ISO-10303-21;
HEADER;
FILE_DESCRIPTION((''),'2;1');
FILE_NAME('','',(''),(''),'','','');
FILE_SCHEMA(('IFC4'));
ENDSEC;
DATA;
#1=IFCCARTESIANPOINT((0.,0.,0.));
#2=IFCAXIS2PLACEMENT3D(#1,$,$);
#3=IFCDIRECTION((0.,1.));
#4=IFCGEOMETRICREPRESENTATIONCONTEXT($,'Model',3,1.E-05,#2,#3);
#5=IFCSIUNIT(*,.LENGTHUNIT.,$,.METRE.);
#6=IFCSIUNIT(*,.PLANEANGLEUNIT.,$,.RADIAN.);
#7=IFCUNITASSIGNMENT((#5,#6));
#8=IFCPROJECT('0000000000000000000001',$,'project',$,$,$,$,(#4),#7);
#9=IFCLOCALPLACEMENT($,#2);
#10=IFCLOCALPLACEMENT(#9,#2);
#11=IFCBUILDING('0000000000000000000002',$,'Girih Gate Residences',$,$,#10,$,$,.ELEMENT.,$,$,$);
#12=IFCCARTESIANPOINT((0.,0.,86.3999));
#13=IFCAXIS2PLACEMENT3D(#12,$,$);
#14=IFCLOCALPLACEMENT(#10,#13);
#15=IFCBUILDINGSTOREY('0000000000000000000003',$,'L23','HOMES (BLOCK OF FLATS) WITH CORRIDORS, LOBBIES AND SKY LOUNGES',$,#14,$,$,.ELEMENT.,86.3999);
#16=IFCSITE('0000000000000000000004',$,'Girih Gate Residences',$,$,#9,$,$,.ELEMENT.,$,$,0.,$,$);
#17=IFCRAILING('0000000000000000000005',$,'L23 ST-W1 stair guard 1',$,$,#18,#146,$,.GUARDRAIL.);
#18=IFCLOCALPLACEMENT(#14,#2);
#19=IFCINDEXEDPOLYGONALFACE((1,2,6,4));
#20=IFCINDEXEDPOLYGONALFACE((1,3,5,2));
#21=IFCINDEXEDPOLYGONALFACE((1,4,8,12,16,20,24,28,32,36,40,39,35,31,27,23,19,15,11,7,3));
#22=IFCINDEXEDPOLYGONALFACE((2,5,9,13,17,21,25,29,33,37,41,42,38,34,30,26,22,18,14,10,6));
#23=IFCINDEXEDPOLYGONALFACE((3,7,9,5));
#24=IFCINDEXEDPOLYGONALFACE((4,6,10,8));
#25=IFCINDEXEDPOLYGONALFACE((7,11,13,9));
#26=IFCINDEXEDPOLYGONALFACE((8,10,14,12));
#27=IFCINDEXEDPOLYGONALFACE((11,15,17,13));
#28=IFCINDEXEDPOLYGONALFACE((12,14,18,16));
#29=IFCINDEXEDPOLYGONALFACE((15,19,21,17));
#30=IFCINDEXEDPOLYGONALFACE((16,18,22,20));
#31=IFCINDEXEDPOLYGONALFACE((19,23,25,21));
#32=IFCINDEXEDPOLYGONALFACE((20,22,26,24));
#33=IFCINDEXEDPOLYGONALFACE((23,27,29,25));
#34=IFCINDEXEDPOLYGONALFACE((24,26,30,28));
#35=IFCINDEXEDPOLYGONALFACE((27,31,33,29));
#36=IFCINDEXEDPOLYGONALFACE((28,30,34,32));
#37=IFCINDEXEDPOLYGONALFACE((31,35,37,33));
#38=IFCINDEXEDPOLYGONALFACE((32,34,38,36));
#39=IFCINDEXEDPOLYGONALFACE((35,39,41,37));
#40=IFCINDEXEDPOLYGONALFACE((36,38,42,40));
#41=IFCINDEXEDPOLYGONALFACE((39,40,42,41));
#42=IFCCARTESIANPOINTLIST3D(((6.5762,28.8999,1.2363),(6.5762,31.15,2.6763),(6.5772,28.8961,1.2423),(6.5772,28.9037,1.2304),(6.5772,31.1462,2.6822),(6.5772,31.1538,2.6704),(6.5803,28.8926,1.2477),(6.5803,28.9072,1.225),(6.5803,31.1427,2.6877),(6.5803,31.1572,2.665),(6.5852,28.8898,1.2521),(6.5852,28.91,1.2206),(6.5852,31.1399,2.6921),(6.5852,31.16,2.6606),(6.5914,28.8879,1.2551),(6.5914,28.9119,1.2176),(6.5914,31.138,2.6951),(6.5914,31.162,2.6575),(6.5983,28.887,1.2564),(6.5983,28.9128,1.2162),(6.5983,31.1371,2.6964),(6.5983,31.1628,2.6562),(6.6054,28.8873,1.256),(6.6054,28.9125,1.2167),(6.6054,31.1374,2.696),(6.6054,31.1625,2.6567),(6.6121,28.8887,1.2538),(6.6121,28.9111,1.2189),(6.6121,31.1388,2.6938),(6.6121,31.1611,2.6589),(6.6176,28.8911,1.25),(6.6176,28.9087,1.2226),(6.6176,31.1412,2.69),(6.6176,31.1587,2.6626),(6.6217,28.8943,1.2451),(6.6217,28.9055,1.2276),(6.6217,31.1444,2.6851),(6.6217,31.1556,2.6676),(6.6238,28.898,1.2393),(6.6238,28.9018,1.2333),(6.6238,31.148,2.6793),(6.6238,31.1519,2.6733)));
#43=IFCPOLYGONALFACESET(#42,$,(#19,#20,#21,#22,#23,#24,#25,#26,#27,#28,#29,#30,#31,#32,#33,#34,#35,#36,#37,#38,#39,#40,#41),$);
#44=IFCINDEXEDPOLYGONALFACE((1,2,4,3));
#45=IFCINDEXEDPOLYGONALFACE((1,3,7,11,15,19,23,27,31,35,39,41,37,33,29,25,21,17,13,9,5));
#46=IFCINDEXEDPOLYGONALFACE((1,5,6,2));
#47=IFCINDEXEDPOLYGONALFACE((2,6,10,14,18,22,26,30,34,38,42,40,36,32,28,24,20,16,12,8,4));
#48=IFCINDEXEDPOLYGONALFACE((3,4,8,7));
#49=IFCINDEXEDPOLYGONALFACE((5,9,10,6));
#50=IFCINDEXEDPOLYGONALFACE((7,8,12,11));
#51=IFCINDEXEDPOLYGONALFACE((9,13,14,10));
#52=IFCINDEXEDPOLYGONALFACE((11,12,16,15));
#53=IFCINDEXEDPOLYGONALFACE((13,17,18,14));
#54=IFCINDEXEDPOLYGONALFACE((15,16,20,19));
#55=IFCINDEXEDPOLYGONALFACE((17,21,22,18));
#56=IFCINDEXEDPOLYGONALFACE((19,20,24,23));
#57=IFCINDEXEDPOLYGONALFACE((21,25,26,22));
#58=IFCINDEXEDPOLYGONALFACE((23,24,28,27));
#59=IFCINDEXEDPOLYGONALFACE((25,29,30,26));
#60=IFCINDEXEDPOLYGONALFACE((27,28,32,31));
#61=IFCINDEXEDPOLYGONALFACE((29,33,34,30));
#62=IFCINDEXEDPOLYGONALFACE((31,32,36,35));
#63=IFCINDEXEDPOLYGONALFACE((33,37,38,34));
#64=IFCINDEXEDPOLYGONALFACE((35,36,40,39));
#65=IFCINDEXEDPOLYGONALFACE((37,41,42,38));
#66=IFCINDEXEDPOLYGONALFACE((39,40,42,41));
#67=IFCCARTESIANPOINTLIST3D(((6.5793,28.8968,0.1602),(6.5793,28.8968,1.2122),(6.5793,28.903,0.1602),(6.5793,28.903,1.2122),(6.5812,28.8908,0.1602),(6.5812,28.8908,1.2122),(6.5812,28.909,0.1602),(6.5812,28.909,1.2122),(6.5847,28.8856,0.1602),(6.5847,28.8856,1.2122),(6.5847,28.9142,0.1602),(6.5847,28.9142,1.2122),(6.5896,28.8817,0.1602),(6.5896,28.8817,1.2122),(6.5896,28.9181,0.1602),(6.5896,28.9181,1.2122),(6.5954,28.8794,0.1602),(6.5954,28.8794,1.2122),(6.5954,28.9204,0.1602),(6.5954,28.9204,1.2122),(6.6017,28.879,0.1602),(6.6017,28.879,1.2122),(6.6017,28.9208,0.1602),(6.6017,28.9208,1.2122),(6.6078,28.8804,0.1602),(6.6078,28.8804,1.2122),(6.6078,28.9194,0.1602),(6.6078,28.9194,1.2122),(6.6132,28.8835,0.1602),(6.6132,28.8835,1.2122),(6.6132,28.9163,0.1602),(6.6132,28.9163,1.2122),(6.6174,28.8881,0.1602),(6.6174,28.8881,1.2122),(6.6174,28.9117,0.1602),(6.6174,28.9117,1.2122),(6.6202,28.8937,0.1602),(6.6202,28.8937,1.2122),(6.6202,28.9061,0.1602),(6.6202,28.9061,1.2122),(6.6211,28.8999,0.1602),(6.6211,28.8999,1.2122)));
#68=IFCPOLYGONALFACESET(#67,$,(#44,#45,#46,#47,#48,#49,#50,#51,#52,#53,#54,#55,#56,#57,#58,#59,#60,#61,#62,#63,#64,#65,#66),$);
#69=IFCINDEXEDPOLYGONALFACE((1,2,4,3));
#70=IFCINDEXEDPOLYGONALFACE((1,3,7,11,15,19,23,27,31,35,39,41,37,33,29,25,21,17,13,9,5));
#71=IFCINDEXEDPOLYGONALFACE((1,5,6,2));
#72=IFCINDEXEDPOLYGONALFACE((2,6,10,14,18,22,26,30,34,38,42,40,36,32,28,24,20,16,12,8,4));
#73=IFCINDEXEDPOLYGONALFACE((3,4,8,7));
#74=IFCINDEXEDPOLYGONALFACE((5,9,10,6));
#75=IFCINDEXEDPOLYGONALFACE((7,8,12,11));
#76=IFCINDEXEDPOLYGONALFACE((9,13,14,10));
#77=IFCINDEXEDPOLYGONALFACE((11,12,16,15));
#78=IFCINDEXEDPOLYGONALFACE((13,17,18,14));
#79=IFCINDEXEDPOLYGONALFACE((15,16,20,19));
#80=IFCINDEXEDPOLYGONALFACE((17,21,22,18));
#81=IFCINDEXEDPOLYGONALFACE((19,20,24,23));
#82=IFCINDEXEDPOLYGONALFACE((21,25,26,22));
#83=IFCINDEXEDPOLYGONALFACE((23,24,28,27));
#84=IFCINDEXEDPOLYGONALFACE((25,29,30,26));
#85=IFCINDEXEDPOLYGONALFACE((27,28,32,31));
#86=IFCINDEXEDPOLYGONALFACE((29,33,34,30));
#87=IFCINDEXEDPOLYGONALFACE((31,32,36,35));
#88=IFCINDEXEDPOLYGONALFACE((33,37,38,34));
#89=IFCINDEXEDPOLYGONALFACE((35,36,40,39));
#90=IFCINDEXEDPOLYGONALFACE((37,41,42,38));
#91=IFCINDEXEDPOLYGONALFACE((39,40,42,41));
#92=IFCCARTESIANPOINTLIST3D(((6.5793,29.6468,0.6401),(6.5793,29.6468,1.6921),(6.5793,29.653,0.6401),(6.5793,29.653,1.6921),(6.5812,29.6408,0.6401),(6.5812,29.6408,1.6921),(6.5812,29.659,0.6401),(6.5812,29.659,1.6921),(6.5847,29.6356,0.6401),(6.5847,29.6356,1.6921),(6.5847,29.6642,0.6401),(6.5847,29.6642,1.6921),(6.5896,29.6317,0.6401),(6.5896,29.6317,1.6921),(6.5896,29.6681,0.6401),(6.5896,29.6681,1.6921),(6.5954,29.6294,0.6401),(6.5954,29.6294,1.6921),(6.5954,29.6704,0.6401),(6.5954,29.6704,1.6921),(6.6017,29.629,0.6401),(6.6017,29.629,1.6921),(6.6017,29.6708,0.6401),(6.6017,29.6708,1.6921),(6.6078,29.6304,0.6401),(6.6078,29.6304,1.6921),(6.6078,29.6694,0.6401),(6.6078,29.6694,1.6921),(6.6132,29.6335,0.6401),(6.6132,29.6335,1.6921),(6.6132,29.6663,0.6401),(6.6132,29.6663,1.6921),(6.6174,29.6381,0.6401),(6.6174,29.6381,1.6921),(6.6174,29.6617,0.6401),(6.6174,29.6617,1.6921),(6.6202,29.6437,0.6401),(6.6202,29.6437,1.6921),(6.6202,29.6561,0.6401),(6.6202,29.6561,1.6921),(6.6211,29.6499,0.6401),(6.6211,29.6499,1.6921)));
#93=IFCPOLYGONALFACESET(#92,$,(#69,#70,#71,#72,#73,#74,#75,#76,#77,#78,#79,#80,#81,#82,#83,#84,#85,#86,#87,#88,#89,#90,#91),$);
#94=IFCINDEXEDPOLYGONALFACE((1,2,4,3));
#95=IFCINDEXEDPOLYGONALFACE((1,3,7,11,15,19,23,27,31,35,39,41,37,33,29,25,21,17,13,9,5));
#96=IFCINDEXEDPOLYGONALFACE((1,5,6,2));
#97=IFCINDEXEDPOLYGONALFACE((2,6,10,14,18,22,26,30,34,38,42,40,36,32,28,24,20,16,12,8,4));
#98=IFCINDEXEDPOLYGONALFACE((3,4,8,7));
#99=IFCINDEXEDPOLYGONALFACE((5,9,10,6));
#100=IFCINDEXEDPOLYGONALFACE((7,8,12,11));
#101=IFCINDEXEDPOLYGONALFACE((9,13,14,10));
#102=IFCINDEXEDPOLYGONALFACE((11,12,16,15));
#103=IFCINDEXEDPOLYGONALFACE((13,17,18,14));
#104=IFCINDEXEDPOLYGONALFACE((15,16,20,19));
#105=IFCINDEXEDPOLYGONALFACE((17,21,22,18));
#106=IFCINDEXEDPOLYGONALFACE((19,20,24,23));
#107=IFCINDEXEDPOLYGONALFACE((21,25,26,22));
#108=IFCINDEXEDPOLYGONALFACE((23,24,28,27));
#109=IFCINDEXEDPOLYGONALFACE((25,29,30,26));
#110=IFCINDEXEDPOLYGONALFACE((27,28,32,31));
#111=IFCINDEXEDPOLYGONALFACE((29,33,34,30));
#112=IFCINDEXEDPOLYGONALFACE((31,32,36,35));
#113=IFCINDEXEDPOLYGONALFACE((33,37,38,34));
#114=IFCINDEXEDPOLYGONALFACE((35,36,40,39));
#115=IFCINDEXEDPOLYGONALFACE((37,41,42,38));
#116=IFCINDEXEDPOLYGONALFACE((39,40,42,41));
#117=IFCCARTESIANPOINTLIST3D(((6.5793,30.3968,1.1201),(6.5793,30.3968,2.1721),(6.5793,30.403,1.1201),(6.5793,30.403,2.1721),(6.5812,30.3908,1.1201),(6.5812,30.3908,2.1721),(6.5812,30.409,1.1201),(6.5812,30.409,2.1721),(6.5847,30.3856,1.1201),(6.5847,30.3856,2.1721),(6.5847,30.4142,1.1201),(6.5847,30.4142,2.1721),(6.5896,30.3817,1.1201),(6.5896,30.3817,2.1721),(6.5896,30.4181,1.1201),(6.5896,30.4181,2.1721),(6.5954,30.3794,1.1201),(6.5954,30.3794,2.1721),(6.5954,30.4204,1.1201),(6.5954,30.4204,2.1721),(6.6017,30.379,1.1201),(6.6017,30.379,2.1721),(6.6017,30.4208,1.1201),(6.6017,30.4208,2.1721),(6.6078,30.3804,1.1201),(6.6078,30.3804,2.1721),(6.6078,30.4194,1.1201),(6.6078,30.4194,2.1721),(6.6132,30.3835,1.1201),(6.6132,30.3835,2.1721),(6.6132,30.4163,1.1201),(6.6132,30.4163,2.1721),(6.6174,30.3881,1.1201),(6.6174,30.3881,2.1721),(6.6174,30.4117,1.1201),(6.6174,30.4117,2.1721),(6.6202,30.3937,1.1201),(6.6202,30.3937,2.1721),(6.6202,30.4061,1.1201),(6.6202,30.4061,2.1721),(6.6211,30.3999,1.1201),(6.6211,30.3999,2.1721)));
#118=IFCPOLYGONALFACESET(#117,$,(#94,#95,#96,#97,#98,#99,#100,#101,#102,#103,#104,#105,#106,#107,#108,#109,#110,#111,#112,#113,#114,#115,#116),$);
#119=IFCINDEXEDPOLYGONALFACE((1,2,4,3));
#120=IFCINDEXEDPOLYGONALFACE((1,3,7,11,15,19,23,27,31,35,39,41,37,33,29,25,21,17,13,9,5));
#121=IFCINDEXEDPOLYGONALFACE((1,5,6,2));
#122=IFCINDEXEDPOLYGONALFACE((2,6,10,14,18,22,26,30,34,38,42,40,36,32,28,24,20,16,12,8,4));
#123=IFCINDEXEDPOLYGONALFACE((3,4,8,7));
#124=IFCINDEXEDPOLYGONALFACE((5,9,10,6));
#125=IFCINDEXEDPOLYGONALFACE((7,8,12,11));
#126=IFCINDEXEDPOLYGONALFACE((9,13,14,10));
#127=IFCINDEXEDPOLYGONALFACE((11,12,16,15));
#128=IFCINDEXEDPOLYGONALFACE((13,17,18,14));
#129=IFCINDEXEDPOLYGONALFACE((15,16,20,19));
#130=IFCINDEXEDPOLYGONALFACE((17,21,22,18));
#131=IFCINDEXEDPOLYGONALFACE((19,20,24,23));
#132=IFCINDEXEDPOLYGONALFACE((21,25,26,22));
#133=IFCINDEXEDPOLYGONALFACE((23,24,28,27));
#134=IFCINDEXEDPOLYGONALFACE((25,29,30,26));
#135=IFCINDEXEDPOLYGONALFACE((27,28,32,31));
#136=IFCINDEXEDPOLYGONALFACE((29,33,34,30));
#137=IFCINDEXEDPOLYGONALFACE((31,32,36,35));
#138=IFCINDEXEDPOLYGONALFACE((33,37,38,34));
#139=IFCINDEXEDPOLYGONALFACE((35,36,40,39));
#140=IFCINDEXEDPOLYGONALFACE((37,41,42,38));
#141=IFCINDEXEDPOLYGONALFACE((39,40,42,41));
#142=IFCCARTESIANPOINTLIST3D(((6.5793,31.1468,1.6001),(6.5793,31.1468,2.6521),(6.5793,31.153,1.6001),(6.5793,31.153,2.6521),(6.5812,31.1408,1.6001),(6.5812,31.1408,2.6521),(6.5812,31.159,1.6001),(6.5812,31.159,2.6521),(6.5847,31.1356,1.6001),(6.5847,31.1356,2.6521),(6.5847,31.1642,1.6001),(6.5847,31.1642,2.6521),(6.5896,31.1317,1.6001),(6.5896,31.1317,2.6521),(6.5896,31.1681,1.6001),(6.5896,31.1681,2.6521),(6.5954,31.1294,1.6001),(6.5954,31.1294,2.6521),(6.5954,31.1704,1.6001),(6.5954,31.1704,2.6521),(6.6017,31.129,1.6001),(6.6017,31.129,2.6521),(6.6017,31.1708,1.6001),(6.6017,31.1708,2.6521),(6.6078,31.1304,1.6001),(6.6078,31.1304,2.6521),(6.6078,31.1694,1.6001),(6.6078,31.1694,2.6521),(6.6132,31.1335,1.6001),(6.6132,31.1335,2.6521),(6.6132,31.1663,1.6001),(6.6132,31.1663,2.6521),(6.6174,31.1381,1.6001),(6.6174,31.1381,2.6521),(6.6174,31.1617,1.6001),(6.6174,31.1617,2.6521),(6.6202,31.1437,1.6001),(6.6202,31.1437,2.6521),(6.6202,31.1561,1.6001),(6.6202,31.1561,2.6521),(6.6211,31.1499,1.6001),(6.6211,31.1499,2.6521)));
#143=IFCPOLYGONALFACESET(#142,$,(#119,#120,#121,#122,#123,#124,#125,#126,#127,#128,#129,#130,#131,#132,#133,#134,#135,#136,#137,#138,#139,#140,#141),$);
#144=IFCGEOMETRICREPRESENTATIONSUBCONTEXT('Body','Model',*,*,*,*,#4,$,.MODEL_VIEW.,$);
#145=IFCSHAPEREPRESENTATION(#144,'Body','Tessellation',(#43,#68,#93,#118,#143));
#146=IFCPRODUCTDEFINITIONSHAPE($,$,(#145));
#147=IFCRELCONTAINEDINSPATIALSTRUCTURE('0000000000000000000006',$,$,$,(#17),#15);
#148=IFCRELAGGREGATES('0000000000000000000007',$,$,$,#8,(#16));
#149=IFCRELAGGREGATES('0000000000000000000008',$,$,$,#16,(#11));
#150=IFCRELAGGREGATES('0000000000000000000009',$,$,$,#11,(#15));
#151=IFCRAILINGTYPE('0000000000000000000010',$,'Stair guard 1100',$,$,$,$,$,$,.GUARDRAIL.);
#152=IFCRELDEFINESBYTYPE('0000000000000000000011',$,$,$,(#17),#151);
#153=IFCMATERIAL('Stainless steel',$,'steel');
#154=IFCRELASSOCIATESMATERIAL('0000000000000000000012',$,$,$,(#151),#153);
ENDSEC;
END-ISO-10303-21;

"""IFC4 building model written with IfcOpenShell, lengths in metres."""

from ifc_helpers import new_model, si_unit, direction, frame, origin, origin_2d, place, context, subcontext, project, spatial, circle, extrude, material, type_object, element, save


model = new_model("IFC4")

# Units and contexts
model_context = context("Model", 3, precision=1e-05, world=origin(), true_north=direction((0.0, 1.0)))
body_context = subcontext(model_context, "Body", "Model", "MODEL_VIEW")
ifc_project = project(units=[si_unit("LENGTHUNIT", "METRE"), si_unit("PLANEANGLEUNIT", "RADIAN")], contexts=[model_context])

# Site, building, storey
site_placement = place(None, origin())
site = spatial("IfcSite", under=ifc_project, at=site_placement, Name="Girih Gate Residences", CompositionType="ELEMENT", RefElevation=0.0)
building_placement = place(site_placement, origin())
building = spatial("IfcBuilding", under=site, at=building_placement, Name="Girih Gate Residences", CompositionType="ELEMENT")
storey_placement = place(building_placement, frame((0.0, 0.0, 86.3999)))
storey = spatial("IfcBuildingStorey", under=building, at=storey_placement, Name="L23", Description="HOMES (BLOCK OF FLATS) WITH CORRIDORS, LOBBIES AND SKY LOUNGES", CompositionType="ELEMENT", Elevation=86.3999)

# Railing
ifc_material_1 = material(Name="Stainless steel", Category="steel")
railing_type_1 = type_object("IfcRailingType", Name="Stair guard 1100", PredefinedType="GUARDRAIL", material=ifc_material_1)
railing_1_placement = place(storey_placement, frame((6.6001, 28.8999, 0.1602)))
element("IfcRailing", 1, at=railing_1_placement, inside=storey, type_object=railing_type_1, Name="L23 ST-W1 stair guard 1", PredefinedType="GUARDRAIL", context=body_context, shape_type="SweptSolid", body=[
    extrude(circle(Radius=0.0239, at=origin_2d()), frame((0.0, 0.0, 1.0762), z_axis=(0.0, 0.842281, 0.539038), x_axis=(-1.0, 0.0, 0.0)), (0.0, 0.0, 1.0), 2.6714),
    extrude(circle(Radius=0.021, at=origin_2d()), origin(), (0.0, 0.0, 1.0), 1.052),
    extrude(circle(Radius=0.021, at=origin_2d()), frame((0.0, 0.75, 0.48)), (0.0, 0.0, 1.0), 1.052),
    extrude(circle(Radius=0.021, at=origin_2d()), frame((0.0, 1.5, 0.96)), (0.0, 0.0, 1.0), 1.052),
    extrude(circle(Radius=0.021, at=origin_2d()), frame((0.0, 2.25, 1.4399)), (0.0, 0.0, 1.0), 1.052),
])

save(model, "model.ifc")
